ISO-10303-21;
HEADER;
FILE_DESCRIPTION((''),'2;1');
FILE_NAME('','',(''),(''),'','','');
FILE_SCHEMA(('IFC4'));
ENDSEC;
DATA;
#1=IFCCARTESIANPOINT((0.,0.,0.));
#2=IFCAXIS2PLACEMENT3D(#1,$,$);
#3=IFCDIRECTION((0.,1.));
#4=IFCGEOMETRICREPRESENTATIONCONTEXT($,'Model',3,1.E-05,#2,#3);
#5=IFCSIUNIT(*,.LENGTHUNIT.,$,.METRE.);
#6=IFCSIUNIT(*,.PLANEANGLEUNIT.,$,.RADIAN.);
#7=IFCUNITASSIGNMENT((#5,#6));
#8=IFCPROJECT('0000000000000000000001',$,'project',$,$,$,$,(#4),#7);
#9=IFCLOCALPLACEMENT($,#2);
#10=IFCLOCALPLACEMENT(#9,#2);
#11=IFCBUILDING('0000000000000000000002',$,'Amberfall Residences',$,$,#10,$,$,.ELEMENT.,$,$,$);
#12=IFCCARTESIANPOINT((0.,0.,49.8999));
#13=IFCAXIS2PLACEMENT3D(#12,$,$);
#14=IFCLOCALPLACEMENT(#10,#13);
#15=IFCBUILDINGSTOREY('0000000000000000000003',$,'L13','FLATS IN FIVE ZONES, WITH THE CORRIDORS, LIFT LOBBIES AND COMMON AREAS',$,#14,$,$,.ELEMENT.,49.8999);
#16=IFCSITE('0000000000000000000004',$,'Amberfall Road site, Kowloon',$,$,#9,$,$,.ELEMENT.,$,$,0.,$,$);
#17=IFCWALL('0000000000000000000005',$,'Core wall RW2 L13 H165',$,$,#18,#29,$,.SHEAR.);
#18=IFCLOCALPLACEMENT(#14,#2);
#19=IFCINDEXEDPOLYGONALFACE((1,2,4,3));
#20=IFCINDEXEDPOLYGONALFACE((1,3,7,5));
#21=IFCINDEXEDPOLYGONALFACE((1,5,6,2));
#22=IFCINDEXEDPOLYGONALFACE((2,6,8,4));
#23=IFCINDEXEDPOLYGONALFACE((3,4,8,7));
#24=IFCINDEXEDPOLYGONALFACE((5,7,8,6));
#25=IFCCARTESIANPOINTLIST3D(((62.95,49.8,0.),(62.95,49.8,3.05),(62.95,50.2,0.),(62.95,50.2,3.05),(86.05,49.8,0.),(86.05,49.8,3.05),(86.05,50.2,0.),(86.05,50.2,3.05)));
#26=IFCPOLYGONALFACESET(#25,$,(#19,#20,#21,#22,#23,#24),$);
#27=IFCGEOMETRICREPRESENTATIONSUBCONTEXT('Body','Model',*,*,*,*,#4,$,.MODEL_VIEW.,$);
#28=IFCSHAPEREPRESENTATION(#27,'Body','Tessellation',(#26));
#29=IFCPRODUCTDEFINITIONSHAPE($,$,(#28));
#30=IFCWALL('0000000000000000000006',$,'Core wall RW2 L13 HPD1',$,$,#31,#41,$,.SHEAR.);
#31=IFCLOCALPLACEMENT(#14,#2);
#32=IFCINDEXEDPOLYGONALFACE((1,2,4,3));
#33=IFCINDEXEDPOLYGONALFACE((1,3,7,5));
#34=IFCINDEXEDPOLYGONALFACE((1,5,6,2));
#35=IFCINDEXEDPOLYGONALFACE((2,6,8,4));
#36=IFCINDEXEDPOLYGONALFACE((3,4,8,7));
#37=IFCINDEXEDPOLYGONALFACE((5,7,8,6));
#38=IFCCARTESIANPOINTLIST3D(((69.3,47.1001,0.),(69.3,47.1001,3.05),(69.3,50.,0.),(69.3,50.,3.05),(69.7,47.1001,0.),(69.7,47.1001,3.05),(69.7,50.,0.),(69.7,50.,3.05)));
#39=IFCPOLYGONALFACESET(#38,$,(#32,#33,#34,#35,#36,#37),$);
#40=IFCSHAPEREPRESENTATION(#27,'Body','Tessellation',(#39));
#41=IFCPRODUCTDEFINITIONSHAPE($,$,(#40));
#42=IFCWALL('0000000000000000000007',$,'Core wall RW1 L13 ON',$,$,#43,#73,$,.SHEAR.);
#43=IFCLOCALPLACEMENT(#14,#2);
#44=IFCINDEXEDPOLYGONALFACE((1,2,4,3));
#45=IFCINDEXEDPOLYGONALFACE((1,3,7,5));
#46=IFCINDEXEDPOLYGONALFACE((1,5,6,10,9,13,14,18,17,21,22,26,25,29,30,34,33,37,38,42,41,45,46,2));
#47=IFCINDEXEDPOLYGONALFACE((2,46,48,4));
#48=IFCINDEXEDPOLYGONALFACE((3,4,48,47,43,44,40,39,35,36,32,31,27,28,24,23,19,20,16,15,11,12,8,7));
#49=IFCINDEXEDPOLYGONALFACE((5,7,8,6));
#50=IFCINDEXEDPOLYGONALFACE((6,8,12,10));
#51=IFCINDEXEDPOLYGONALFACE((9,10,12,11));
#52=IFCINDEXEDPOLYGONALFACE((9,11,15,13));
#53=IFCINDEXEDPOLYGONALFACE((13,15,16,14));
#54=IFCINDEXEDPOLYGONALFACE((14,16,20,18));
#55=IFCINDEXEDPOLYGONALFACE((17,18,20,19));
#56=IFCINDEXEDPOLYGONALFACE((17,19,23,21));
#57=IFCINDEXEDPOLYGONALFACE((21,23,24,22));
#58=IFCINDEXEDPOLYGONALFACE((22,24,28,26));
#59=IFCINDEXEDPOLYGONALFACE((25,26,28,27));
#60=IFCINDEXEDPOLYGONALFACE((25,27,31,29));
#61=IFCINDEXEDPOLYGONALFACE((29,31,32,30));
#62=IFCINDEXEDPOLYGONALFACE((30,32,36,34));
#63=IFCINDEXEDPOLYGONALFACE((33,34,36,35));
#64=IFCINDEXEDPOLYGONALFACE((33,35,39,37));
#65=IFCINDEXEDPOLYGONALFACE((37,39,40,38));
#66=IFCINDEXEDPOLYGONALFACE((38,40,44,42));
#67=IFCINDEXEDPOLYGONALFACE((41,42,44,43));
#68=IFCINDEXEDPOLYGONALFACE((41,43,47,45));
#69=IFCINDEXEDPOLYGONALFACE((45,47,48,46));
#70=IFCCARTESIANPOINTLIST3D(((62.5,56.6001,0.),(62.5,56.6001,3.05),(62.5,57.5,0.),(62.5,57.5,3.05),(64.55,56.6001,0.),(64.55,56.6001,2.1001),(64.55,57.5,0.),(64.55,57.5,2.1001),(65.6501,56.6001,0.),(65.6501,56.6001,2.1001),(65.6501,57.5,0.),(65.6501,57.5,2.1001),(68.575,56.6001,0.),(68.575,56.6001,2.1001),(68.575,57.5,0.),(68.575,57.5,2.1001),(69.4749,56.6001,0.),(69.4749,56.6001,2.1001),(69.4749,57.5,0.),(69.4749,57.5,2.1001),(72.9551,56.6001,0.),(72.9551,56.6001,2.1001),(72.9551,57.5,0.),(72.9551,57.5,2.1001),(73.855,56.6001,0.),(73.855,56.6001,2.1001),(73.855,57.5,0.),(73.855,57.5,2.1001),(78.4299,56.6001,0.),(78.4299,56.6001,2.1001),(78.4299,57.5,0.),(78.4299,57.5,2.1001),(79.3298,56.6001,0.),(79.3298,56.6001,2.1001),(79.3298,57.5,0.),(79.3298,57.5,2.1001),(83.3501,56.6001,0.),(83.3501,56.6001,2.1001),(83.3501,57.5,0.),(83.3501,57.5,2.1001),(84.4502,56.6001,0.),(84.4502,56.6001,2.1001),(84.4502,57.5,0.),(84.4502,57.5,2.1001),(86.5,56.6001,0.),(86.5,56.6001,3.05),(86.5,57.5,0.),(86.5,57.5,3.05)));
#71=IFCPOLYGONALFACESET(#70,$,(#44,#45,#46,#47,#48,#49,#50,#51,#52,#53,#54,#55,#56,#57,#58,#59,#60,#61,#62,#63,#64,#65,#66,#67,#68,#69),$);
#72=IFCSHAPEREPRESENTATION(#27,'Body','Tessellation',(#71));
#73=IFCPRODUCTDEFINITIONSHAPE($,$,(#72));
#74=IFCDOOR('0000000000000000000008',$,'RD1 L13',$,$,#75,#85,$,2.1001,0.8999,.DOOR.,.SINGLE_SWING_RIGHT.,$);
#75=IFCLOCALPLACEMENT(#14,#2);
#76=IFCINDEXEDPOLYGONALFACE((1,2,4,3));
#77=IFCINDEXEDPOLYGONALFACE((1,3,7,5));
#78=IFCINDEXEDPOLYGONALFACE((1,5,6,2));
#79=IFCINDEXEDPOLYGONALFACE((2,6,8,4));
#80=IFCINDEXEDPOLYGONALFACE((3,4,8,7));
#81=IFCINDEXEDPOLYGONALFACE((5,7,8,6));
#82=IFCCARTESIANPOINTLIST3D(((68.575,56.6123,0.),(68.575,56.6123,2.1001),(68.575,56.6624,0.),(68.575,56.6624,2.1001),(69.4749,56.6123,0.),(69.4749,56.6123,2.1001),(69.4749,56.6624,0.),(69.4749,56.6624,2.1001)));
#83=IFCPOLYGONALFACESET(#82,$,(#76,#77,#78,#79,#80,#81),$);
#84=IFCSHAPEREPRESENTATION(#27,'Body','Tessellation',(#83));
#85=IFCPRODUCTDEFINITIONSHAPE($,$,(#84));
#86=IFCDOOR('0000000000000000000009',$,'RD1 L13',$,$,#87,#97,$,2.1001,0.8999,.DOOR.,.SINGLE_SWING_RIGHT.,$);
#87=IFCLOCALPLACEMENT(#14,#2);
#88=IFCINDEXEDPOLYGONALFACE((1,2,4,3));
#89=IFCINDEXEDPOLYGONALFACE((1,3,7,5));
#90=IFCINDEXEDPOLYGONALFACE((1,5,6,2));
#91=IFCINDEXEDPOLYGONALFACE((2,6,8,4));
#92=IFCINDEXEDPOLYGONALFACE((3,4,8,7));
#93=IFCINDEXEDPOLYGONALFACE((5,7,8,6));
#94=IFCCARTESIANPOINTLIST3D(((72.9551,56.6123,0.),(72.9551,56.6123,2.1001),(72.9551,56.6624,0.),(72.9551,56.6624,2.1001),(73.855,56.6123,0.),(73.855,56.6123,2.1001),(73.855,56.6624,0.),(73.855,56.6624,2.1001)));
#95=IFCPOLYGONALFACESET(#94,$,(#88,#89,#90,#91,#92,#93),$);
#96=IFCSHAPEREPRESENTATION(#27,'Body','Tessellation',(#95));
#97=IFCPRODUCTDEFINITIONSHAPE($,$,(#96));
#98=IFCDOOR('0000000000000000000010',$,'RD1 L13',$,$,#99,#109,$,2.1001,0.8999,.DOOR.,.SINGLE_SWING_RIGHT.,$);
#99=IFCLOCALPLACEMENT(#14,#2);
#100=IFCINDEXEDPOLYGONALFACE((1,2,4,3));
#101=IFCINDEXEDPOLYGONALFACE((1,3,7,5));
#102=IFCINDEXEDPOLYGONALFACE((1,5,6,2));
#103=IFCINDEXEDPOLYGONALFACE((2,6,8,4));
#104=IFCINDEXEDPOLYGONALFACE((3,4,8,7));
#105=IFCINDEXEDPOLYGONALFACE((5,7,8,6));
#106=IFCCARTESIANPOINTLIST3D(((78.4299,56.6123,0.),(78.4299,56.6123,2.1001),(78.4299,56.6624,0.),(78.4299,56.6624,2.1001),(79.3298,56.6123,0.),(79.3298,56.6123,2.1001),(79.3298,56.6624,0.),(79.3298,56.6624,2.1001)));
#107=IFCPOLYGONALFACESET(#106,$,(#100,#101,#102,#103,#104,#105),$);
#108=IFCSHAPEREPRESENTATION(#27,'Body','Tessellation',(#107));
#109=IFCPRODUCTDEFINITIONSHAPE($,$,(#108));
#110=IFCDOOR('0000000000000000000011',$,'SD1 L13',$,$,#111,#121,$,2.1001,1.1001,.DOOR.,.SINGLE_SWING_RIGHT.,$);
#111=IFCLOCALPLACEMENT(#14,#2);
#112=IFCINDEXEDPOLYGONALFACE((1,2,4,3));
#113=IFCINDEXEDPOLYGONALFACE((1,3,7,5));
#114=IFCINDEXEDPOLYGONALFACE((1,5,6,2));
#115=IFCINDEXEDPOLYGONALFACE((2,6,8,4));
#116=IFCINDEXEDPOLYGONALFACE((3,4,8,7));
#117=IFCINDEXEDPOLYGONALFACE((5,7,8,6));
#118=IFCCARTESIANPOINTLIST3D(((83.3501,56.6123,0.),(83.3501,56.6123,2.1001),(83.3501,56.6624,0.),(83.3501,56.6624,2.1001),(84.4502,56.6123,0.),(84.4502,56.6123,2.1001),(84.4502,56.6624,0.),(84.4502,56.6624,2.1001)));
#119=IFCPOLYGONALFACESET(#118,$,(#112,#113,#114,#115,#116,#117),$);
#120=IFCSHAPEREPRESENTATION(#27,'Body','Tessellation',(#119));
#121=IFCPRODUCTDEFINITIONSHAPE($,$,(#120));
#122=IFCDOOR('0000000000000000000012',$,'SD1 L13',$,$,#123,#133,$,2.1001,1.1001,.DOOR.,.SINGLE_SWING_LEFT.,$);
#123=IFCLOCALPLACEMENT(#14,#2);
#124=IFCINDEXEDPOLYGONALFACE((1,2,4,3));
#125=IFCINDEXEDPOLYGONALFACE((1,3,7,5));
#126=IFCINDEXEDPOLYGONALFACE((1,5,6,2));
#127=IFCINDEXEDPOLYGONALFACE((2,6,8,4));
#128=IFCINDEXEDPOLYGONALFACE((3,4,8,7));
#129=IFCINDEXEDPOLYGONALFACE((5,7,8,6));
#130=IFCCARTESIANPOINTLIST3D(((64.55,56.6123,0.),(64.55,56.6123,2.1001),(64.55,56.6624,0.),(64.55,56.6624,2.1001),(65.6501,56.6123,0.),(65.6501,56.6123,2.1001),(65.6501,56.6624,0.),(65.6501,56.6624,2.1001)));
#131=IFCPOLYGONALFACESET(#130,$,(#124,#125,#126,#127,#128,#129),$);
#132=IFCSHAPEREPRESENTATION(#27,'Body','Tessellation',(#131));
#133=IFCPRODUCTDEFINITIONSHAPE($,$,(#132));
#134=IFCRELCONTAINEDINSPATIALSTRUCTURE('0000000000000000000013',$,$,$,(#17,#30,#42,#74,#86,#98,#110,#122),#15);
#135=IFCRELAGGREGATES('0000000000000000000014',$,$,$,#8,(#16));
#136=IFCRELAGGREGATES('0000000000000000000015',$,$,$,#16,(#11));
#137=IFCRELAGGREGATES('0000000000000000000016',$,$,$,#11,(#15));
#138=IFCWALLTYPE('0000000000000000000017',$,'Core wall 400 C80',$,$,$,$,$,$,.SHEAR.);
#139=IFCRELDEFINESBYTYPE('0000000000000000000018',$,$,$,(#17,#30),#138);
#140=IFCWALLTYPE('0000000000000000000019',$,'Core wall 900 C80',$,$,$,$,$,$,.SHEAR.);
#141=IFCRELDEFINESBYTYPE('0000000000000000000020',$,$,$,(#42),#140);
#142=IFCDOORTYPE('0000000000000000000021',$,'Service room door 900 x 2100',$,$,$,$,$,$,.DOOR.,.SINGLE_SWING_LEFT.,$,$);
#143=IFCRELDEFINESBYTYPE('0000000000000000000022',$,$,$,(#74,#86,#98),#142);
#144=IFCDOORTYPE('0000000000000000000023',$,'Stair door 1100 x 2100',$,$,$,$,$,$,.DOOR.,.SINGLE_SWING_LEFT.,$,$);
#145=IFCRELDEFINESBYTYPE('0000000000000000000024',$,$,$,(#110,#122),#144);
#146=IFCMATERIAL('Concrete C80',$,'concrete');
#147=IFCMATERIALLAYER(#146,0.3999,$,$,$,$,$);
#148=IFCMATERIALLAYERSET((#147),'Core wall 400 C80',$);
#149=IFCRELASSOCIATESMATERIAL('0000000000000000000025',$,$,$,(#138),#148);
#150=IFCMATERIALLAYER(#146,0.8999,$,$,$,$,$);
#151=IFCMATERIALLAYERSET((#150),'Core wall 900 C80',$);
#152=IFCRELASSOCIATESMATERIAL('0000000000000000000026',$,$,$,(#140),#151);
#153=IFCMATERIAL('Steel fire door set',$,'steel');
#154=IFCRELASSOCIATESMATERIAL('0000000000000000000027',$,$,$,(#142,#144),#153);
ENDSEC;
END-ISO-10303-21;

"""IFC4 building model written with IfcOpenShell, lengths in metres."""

from ifc_helpers import new_model, si_unit, direction, frame, frame_2d, origin, place, context, subcontext, project, spatial, rectangle, extrude, material, layer, layer_set, type_object, element, fill, save


model = new_model("IFC4")

# Units and contexts
model_context = context("Model", 3, precision=1e-05, world=origin(), true_north=direction((0.0, 1.0)))
body_context = subcontext(model_context, "Body", "Model", "MODEL_VIEW")
ifc_project = project(units=[si_unit("LENGTHUNIT", "METRE"), si_unit("PLANEANGLEUNIT", "RADIAN")], contexts=[model_context])

# Site, building, storey
site_placement = place(None, origin())
site = spatial("IfcSite", under=ifc_project, at=site_placement, Name="Amberfall Road site, Kowloon", CompositionType="ELEMENT", RefElevation=0.0)
building_placement = place(site_placement, origin())
building = spatial("IfcBuilding", under=site, at=building_placement, Name="Amberfall Residences", CompositionType="ELEMENT")
storey_placement = place(building_placement, frame((0.0, 0.0, 49.8999)))
storey = spatial("IfcBuildingStorey", under=building, at=storey_placement, Name="L13", Description="FLATS IN FIVE ZONES, WITH THE CORRIDORS, LIFT LOBBIES AND COMMON AREAS", CompositionType="ELEMENT", Elevation=49.8999)

# Walls
ifc_material_1 = material(Name="Concrete C80", Category="concrete")
ifc_layer_1 = layer(ifc_material_1, 0.3999)
ifc_layer_set_1 = layer_set([ifc_layer_1], Name="Core wall 400 C80")
wall_type_1 = type_object("IfcWallType", Name="Core wall 400 C80", PredefinedType="SHEAR", material=ifc_layer_set_1)
wall_1_placement = place(storey_placement, frame((62.95, 50.0, 0.0), z_axis=(0.0, 0.0, 1.0), x_axis=(1.0, 0.0, 0.0)))
element("IfcWall", 1, at=wall_1_placement, inside=storey, type_object=wall_type_1, Name="Core wall RW2 L13 H165", PredefinedType="SHEAR", context=body_context, shape_type="SweptSolid", body=[
    extrude(rectangle(XDim=23.1001, YDim=0.3999, at=frame_2d((11.55, 0.0))), origin(), (0.0, 0.0, 1.0), 3.05),
])
wall_2_placement = place(storey_placement, frame((69.5, 47.1001, 0.0), z_axis=(0.0, 0.0, 1.0), x_axis=(0.0, 1.0, 0.0)))
element("IfcWall", 2, at=wall_2_placement, inside=storey, type_object=wall_type_1, Name="Core wall RW2 L13 HPD1", PredefinedType="SHEAR", context=body_context, shape_type="SweptSolid", body=[
    extrude(rectangle(XDim=2.8999, YDim=0.3999, at=frame_2d((1.45, 0.0))), origin(), (0.0, 0.0, 1.0), 3.05),
])

# Wall, openings, doors
ifc_layer_2 = layer(ifc_material_1, 0.8999)
ifc_layer_set_2 = layer_set([ifc_layer_2], Name="Core wall 900 C80")
wall_type_2 = type_object("IfcWallType", Name="Core wall 900 C80", PredefinedType="SHEAR", material=ifc_layer_set_2)
wall_3_placement = place(storey_placement, frame((62.5, 57.05, 0.0), z_axis=(0.0, 0.0, 1.0), x_axis=(1.0, 0.0, 0.0)))
wall_3 = element("IfcWall", 3, at=wall_3_placement, inside=storey, type_object=wall_type_2, Name="Core wall RW1 L13 ON", PredefinedType="SHEAR", context=body_context, shape_type="SweptSolid", body=[
    extrude(rectangle(XDim=24.0, YDim=0.8999, at=frame_2d((12.0, 0.0))), origin(), (0.0, 0.0, 1.0), 3.05),
])
opening_1_placement = place(wall_3_placement, frame((20.8501, 0.0, 0.0)))
opening_1 = element("IfcOpeningElement", 4, at=opening_1_placement, cuts=wall_3, PredefinedType="OPENING", context=body_context, shape_type="SweptSolid", body=[
    extrude(rectangle(XDim=1.1001, YDim=2.1001, at=frame_2d((0.55, 1.05))), frame((0.0, 0.46, 0.0), z_axis=(0.0, -1.0, 0.0), x_axis=(1.0, 0.0, 0.0)), (0.0, 0.0, 1.0), 0.9199),
])
opening_2_placement = place(wall_3_placement, frame((2.05, 0.0, 0.0)))
opening_2 = element("IfcOpeningElement", 5, at=opening_2_placement, cuts=wall_3, PredefinedType="OPENING", context=body_context, shape_type="SweptSolid", body=[
    extrude(rectangle(XDim=1.1001, YDim=2.1001, at=frame_2d((0.55, 1.05))), frame((0.0, 0.46, 0.0), z_axis=(0.0, -1.0, 0.0), x_axis=(1.0, 0.0, 0.0)), (0.0, 0.0, 1.0), 0.9199),
])
opening_3_placement = place(wall_3_placement, frame((6.075, 0.0, 0.0)))
opening_3 = element("IfcOpeningElement", 6, at=opening_3_placement, cuts=wall_3, PredefinedType="OPENING", context=body_context, shape_type="SweptSolid", body=[
    extrude(rectangle(XDim=0.8999, YDim=2.1001, at=frame_2d((0.45, 1.05))), frame((0.0, 0.46, 0.0), z_axis=(0.0, -1.0, 0.0), x_axis=(1.0, 0.0, 0.0)), (0.0, 0.0, 1.0), 0.9199),
])
opening_4_placement = place(wall_3_placement, frame((10.4551, 0.0, 0.0)))
opening_4 = element("IfcOpeningElement", 7, at=opening_4_placement, cuts=wall_3, PredefinedType="OPENING", context=body_context, shape_type="SweptSolid", body=[
    extrude(rectangle(XDim=0.8999, YDim=2.1001, at=frame_2d((0.45, 1.05))), frame((0.0, 0.46, 0.0), z_axis=(0.0, -1.0, 0.0), x_axis=(1.0, 0.0, 0.0)), (0.0, 0.0, 1.0), 0.9199),
])
opening_5_placement = place(wall_3_placement, frame((15.9299, 0.0, 0.0)))
opening_5 = element("IfcOpeningElement", 8, at=opening_5_placement, cuts=wall_3, PredefinedType="OPENING", context=body_context, shape_type="SweptSolid", body=[
    extrude(rectangle(XDim=0.8999, YDim=2.1001, at=frame_2d((0.45, 1.05))), frame((0.0, 0.46, 0.0), z_axis=(0.0, -1.0, 0.0), x_axis=(1.0, 0.0, 0.0)), (0.0, 0.0, 1.0), 0.9199),
])
ifc_material_2 = material(Name="Steel fire door set", Category="steel")
door_type_1 = type_object("IfcDoorType", Name="Service room door 900 x 2100", OperationType="SINGLE_SWING_LEFT", PredefinedType="DOOR", material=ifc_material_2)
door_1_placement = place(opening_3_placement, origin())
door_1 = element("IfcDoor", 9, at=door_1_placement, inside=storey, type_object=door_type_1, Name="RD1 L13", OperationType="SINGLE_SWING_RIGHT", OverallHeight=2.1001, OverallWidth=0.8999, PredefinedType="DOOR", context=body_context, shape_type="SweptSolid", body=[
    extrude(rectangle(XDim=0.8999, YDim=2.1001, at=frame_2d((0.45, 1.05))), frame((0.0, -0.3877, 0.0), z_axis=(0.0, -1.0, 0.0), x_axis=(1.0, 0.0, 0.0)), (0.0, 0.0, 1.0), 0.05),
])
fill(opening_3, door_1)
door_2_placement = place(opening_4_placement, origin())
door_2 = element("IfcDoor", 10, at=door_2_placement, inside=storey, type_object=door_type_1, Name="RD1 L13", OperationType="SINGLE_SWING_RIGHT", OverallHeight=2.1001, OverallWidth=0.8999, PredefinedType="DOOR", context=body_context, shape_type="SweptSolid", body=[
    extrude(rectangle(XDim=0.8999, YDim=2.1001, at=frame_2d((0.45, 1.05))), frame((0.0, -0.3877, 0.0), z_axis=(0.0, -1.0, 0.0), x_axis=(1.0, 0.0, 0.0)), (0.0, 0.0, 1.0), 0.05),
])
fill(opening_4, door_2)
door_3_placement = place(opening_5_placement, origin())
door_3 = element("IfcDoor", 11, at=door_3_placement, inside=storey, type_object=door_type_1, Name="RD1 L13", OperationType="SINGLE_SWING_RIGHT", OverallHeight=2.1001, OverallWidth=0.8999, PredefinedType="DOOR", context=body_context, shape_type="SweptSolid", body=[
    extrude(rectangle(XDim=0.8999, YDim=2.1001, at=frame_2d((0.45, 1.05))), frame((0.0, -0.3877, 0.0), z_axis=(0.0, -1.0, 0.0), x_axis=(1.0, 0.0, 0.0)), (0.0, 0.0, 1.0), 0.05),
])
fill(opening_5, door_3)
door_type_2 = type_object("IfcDoorType", Name="Stair door 1100 x 2100", OperationType="SINGLE_SWING_LEFT", PredefinedType="DOOR", material=ifc_material_2)
door_4_placement = place(opening_1_placement, origin())
door_4 = element("IfcDoor", 12, at=door_4_placement, inside=storey, type_object=door_type_2, Name="SD1 L13", OperationType="SINGLE_SWING_RIGHT", OverallHeight=2.1001, OverallWidth=1.1001, PredefinedType="DOOR", context=body_context, shape_type="SweptSolid", body=[
    extrude(rectangle(XDim=1.1001, YDim=2.1001, at=frame_2d((0.55, 1.05))), frame((0.0, -0.3877, 0.0), z_axis=(0.0, -1.0, 0.0), x_axis=(1.0, 0.0, 0.0)), (0.0, 0.0, 1.0), 0.05),
])
fill(opening_1, door_4)
door_5_placement = place(opening_2_placement, origin())
door_5 = element("IfcDoor", 13, at=door_5_placement, inside=storey, type_object=door_type_2, Name="SD1 L13", OperationType="SINGLE_SWING_LEFT", OverallHeight=2.1001, OverallWidth=1.1001, PredefinedType="DOOR", context=body_context, shape_type="SweptSolid", body=[
    extrude(rectangle(XDim=1.1001, YDim=2.1001, at=frame_2d((0.55, 1.05))), frame((0.0, -0.3877, 0.0), z_axis=(0.0, -1.0, 0.0), x_axis=(1.0, 0.0, 0.0)), (0.0, 0.0, 1.0), 0.05),
])
fill(opening_2, door_5)

save(model, "model.ifc")
